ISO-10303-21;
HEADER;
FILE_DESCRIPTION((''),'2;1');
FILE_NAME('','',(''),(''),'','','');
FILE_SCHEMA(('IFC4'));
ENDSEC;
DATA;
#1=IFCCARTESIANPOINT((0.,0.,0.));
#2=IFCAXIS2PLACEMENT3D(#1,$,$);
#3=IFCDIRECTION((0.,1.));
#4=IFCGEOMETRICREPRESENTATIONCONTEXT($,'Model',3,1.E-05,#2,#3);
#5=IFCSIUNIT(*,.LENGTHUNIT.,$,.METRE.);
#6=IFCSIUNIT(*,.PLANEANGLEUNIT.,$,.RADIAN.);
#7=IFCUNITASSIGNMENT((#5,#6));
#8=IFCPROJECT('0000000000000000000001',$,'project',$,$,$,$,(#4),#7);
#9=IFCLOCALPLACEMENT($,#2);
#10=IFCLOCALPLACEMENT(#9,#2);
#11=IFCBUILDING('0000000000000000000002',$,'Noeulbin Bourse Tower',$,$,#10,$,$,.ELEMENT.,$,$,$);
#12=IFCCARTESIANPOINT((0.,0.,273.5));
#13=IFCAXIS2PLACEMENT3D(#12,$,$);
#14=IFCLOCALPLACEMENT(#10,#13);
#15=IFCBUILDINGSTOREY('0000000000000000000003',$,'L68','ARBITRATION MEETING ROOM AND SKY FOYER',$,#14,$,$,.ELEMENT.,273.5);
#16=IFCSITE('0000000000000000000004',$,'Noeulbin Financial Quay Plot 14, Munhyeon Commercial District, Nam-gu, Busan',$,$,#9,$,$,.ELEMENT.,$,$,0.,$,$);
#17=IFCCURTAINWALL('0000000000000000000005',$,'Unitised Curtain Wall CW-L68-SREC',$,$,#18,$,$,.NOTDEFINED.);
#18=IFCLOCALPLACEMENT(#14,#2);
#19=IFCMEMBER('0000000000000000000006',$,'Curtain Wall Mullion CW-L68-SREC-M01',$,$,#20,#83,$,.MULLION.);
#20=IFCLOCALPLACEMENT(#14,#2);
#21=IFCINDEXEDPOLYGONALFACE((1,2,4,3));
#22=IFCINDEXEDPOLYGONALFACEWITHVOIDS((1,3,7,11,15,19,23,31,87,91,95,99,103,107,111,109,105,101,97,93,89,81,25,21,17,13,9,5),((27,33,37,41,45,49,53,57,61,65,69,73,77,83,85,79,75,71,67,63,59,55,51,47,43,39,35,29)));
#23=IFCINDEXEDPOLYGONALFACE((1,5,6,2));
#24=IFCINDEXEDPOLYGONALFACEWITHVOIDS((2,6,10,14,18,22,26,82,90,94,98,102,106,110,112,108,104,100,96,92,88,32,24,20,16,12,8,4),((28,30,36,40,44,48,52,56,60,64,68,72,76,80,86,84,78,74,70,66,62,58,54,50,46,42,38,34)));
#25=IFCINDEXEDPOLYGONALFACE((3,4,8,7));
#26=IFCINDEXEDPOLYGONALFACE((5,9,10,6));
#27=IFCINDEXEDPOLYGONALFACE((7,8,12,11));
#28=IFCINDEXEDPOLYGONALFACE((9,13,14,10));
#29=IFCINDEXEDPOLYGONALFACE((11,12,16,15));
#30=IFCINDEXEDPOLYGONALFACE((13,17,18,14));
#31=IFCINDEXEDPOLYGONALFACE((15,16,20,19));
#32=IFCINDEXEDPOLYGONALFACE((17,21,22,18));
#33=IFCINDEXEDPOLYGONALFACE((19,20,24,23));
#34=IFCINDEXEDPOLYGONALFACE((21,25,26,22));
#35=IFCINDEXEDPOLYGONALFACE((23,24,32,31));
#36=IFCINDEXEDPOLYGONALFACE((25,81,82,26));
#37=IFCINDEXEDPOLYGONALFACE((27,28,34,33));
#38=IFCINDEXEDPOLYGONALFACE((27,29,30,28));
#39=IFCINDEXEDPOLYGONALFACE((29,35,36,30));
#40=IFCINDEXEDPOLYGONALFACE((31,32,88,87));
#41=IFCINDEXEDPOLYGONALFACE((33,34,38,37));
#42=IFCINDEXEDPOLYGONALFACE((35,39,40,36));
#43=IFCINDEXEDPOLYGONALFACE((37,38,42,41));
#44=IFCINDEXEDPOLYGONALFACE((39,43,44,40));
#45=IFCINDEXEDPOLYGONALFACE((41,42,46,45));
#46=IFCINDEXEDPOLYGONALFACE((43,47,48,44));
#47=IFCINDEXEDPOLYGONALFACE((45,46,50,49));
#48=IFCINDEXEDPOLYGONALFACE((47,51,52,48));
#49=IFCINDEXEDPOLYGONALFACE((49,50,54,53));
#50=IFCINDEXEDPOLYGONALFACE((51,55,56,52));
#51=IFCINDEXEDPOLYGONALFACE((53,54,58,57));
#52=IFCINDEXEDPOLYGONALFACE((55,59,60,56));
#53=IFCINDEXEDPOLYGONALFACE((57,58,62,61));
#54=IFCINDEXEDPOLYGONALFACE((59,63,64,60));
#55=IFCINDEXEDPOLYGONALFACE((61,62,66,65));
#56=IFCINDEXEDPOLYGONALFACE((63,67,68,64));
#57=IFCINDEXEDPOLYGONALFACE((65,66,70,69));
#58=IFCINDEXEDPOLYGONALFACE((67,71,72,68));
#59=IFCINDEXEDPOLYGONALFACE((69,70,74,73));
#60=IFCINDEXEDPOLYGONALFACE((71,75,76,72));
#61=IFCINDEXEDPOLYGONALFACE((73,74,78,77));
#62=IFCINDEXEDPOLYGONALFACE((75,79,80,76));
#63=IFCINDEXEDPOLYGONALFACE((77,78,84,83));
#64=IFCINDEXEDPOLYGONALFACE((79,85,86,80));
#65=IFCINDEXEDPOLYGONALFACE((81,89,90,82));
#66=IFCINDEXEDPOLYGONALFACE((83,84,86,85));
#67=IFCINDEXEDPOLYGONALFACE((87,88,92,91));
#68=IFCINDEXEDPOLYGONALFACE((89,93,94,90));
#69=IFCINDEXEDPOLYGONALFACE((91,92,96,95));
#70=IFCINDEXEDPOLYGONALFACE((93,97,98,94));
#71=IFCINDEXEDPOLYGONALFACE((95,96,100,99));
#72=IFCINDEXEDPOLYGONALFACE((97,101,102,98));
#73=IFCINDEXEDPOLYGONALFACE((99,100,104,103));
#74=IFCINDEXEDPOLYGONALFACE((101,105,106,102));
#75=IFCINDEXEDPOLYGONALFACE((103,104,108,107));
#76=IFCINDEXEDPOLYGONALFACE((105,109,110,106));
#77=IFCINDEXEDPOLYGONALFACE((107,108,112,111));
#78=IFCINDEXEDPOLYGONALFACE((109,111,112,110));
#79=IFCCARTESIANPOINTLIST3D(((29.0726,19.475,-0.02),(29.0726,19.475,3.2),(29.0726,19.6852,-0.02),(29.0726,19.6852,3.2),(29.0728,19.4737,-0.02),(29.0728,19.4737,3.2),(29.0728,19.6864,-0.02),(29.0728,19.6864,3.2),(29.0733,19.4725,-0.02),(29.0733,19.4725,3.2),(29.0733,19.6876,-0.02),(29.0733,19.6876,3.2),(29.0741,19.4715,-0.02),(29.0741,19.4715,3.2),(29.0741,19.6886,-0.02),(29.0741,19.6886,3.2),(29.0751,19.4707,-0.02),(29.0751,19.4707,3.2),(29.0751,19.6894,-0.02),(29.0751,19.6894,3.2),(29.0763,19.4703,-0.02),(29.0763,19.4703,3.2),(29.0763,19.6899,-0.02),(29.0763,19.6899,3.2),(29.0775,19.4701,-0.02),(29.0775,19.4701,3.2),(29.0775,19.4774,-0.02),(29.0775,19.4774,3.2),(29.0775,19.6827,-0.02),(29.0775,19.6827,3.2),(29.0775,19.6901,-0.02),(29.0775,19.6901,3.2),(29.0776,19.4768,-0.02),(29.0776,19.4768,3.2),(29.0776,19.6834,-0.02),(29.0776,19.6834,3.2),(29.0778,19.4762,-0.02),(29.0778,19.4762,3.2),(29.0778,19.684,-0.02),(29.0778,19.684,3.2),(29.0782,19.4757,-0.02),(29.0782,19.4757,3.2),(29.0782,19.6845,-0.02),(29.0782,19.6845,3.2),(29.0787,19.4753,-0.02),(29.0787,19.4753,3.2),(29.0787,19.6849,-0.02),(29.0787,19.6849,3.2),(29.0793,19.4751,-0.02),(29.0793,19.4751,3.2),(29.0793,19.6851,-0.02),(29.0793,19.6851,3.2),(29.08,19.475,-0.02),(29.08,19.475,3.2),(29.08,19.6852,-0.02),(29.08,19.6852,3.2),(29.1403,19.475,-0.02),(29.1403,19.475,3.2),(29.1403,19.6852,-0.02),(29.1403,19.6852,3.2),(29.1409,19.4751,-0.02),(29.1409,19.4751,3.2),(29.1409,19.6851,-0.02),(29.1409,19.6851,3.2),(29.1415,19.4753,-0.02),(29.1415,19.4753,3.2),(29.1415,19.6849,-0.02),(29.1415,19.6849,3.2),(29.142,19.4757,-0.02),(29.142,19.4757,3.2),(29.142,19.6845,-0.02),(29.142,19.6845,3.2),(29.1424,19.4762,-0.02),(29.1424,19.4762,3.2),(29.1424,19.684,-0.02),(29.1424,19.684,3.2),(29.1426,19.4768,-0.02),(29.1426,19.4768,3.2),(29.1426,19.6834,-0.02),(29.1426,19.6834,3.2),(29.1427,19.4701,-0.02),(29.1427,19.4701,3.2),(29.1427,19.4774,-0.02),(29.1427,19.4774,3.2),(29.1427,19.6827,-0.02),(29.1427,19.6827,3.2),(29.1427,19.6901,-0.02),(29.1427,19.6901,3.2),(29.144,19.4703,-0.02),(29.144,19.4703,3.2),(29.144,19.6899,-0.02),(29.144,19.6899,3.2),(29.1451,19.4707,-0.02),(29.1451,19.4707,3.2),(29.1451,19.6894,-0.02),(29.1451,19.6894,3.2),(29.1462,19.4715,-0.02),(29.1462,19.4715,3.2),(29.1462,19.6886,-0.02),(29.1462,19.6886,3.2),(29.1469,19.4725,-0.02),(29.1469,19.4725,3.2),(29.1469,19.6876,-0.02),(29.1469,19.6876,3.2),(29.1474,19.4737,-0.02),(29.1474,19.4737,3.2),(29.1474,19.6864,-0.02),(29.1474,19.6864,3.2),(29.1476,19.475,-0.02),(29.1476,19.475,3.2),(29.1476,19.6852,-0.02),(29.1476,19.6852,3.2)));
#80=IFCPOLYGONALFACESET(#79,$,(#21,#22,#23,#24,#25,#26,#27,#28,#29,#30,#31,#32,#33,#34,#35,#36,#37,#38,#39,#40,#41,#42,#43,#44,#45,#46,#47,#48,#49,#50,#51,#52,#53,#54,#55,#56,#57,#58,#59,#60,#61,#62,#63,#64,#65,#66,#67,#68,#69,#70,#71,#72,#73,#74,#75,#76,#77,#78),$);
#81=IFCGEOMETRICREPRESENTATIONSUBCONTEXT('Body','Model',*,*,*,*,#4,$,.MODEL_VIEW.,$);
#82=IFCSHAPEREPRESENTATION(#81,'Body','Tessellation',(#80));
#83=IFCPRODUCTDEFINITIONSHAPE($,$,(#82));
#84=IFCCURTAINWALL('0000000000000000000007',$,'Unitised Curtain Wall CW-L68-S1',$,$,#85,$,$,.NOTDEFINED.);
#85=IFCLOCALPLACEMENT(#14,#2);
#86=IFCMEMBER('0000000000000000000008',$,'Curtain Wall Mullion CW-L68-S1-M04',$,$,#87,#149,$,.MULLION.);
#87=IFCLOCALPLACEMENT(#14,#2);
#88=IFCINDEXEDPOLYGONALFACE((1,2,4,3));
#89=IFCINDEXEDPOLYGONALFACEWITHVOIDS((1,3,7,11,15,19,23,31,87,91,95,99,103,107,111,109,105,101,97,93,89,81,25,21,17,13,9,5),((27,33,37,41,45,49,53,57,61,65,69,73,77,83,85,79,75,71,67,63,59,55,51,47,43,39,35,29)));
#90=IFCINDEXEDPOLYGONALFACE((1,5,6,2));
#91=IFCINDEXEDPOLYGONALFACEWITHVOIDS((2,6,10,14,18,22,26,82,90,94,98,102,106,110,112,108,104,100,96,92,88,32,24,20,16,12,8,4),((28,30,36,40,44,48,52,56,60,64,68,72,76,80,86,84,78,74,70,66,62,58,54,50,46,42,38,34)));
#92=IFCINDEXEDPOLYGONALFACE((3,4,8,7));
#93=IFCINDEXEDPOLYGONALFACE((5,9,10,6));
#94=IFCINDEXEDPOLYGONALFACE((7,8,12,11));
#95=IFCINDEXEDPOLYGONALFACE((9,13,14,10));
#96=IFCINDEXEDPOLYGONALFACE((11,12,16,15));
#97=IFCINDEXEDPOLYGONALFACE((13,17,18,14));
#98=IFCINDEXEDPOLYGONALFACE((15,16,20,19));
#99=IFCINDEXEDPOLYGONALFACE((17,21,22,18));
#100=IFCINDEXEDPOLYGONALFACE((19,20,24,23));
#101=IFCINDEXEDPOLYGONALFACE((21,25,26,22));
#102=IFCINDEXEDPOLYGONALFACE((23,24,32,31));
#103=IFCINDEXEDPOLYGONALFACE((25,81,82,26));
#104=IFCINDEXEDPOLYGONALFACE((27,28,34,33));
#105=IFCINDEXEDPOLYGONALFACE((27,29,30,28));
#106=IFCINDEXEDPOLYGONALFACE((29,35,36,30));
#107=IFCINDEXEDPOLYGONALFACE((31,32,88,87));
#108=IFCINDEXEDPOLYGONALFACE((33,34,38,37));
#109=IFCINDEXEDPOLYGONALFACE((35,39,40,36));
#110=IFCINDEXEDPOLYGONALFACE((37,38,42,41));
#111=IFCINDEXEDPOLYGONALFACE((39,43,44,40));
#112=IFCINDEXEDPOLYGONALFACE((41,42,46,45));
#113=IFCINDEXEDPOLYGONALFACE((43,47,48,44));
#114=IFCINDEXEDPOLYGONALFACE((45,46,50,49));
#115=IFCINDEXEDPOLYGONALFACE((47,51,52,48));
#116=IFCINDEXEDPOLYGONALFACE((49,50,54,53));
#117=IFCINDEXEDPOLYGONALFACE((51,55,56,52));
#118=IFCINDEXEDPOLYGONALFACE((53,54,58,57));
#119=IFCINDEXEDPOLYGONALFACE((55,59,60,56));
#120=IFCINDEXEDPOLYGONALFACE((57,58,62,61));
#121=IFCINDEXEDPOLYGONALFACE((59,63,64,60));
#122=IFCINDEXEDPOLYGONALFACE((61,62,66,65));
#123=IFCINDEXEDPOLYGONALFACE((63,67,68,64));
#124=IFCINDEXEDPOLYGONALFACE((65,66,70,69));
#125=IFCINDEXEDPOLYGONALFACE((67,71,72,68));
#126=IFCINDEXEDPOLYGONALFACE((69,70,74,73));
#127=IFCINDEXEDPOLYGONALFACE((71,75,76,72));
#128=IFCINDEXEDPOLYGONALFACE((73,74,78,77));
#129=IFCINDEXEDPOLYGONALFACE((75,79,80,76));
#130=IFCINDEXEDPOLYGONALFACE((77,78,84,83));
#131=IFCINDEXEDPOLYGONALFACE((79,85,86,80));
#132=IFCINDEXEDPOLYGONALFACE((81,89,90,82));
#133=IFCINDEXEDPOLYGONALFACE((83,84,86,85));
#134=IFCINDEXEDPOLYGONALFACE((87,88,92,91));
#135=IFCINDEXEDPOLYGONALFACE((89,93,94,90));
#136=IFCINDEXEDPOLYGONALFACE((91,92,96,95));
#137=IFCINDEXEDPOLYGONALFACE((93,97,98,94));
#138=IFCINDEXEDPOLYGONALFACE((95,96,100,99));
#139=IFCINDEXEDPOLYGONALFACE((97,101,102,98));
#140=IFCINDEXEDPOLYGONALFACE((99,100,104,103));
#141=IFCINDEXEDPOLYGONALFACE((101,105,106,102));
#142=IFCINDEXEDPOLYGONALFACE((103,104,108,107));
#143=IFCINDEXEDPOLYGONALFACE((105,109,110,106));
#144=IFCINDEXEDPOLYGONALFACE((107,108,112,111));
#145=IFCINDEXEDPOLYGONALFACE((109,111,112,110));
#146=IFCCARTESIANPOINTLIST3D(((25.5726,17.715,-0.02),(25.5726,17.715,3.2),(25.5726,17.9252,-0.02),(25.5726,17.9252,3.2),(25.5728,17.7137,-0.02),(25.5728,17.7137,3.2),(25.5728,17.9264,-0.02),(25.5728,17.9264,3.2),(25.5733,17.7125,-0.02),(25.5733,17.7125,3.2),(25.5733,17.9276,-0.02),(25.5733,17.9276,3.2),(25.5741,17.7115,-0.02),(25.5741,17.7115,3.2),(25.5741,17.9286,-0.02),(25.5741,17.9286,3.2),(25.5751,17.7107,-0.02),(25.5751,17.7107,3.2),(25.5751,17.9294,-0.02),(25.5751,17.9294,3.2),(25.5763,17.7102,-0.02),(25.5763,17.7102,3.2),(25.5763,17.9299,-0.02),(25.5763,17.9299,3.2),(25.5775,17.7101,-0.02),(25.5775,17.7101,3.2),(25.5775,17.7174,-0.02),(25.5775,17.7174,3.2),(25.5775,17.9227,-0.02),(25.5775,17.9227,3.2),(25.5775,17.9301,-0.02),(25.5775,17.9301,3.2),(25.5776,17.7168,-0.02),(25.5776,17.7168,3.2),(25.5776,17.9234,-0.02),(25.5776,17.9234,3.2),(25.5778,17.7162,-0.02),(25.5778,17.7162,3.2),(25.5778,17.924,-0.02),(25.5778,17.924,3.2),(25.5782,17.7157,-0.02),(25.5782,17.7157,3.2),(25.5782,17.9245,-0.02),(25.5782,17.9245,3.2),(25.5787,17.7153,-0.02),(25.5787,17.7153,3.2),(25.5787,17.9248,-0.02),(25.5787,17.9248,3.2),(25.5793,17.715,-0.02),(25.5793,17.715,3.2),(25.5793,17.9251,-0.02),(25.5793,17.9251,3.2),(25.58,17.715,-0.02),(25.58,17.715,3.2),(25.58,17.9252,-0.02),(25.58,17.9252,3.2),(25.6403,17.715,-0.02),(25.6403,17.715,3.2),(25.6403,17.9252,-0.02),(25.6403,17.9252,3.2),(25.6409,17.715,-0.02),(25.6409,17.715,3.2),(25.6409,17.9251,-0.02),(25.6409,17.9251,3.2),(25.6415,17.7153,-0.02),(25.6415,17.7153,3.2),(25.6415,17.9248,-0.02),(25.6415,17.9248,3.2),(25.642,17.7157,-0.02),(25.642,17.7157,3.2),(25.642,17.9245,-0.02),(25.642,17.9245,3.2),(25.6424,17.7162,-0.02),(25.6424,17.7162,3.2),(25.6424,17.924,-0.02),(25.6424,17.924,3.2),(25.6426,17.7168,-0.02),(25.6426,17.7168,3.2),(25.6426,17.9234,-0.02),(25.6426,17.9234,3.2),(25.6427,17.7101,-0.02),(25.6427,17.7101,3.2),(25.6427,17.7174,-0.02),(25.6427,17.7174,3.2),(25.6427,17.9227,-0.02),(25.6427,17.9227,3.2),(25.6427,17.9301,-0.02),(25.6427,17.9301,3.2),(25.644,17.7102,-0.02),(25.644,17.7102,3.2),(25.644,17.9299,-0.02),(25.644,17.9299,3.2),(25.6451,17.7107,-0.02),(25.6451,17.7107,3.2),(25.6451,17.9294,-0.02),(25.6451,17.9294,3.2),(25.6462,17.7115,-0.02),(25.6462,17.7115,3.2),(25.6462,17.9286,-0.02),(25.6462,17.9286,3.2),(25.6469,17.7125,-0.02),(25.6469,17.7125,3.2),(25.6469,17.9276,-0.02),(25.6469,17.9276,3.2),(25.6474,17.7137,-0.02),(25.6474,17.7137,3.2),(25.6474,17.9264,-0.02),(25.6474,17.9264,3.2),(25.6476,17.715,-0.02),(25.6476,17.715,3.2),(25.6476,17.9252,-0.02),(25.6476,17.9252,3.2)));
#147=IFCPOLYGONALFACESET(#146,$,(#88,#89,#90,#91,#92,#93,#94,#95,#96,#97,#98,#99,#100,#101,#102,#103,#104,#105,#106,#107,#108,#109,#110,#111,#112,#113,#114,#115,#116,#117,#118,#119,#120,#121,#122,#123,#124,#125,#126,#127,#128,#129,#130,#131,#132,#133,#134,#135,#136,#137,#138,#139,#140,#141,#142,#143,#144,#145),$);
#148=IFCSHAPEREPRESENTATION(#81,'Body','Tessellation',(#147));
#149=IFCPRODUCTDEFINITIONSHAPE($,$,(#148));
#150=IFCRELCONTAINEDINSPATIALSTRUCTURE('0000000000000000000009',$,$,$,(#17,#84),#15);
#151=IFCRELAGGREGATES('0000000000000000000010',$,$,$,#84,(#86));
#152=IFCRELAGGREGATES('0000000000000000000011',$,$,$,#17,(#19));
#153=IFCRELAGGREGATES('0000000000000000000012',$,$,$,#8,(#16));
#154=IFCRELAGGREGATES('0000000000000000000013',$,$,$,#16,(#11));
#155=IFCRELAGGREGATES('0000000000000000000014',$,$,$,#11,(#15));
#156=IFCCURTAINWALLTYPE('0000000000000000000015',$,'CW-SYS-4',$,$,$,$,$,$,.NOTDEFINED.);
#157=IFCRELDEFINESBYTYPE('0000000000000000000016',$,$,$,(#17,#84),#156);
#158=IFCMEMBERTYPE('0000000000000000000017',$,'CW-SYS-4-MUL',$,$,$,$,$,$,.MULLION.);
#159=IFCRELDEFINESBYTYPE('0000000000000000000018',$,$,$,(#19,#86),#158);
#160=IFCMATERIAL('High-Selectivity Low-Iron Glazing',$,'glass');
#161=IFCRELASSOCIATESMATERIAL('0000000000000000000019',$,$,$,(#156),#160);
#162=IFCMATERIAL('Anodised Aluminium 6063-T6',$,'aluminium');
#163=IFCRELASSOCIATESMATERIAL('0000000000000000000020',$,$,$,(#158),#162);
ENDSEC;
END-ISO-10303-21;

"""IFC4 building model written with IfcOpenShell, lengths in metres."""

from ifc_helpers import new_model, si_unit, direction, frame, origin, origin_2d, place, context, subcontext, project, spatial, hollow_rectangle, extrude, material, material_profile, profile_set, type_object, element, aggregate, save


model = new_model("IFC4")

# Units and contexts
model_context = context("Model", 3, precision=1e-05, world=origin(), true_north=direction((0.0, 1.0)))
body_context = subcontext(model_context, "Body", "Model", "MODEL_VIEW")
ifc_project = project(units=[si_unit("LENGTHUNIT", "METRE"), si_unit("PLANEANGLEUNIT", "RADIAN")], contexts=[model_context])

# Site, building, storey
site_placement = place(None, origin())
site = spatial("IfcSite", under=ifc_project, at=site_placement, Name="Noeulbin Financial Quay Plot 14, Munhyeon Commercial District, Nam-gu, Busan", CompositionType="ELEMENT", RefElevation=0.0)
building_placement = place(site_placement, origin())
building = spatial("IfcBuilding", under=site, at=building_placement, Name="Noeulbin Bourse Tower", CompositionType="ELEMENT")
storey_placement = place(building_placement, frame((0.0, 0.0, 273.5)))
storey = spatial("IfcBuildingStorey", under=building, at=storey_placement, Name="L68", Description="ARBITRATION MEETING ROOM AND SKY FOYER", CompositionType="ELEMENT", Elevation=273.5)

# Curtain wall, member
ifc_material_1 = material(Name="High-Selectivity Low-Iron Glazing", Category="glass")
curtain_wall_type = type_object("IfcCurtainWallType", Name="CW-SYS-4", PredefinedType="NOTDEFINED", material=ifc_material_1)
curtain_wall_1_placement = place(storey_placement, origin())
curtain_wall_1 = element("IfcCurtainWall", 1, at=curtain_wall_1_placement, inside=storey, type_object=curtain_wall_type, Name="Unitised Curtain Wall CW-L68-SREC", PredefinedType="NOTDEFINED")
ifc_material_2 = material(Name="Anodised Aluminium 6063-T6", Category="aluminium")
ifc_material_profile_1 = material_profile(ifc_material_2, hollow_rectangle(XDim=0.075, YDim=0.22, WallThickness=0.0049, InnerFilletRadius=0.0024, OuterFilletRadius=0.0049, at=origin_2d()), Name="ALU-MULL-75x220x5", Category="LoadBearing")
ifc_profile_set_1 = profile_set([ifc_material_profile_1], Name="Anodised Aluminium 6063-T6")
member_type_1 = type_object("IfcMemberType", Name="CW-SYS-4-MUL", PredefinedType="MULLION", material=ifc_profile_set_1)
member_1_placement = place(storey_placement, frame((29.1101, 19.5801, -0.02), z_axis=(0.0, 0.0, 1.0), x_axis=(1.0, 0.0, 0.0)))
member_1 = element("IfcMember", 2, at=member_1_placement, type_object=member_type_1, Name="Curtain Wall Mullion CW-L68-SREC-M01", PredefinedType="MULLION", context=body_context, shape_type="SweptSolid", body=[
    extrude(hollow_rectangle(XDim=0.075, YDim=0.22, WallThickness=0.0049, InnerFilletRadius=0.0024, OuterFilletRadius=0.0049, at=origin_2d()), origin(), (0.0, 0.0, 1.0), 3.22),
])

# Curtain wall, member
curtain_wall_2_placement = place(storey_placement, origin())
curtain_wall_2 = element("IfcCurtainWall", 3, at=curtain_wall_2_placement, inside=storey, type_object=curtain_wall_type, Name="Unitised Curtain Wall CW-L68-S1", PredefinedType="NOTDEFINED")
member_2_placement = place(storey_placement, frame((25.6101, 17.8201, -0.02), z_axis=(0.0, 0.0, 1.0), x_axis=(1.0, 0.0, 0.0)))
member_2 = element("IfcMember", 4, at=member_2_placement, type_object=member_type_1, Name="Curtain Wall Mullion CW-L68-S1-M04", PredefinedType="MULLION", context=body_context, shape_type="SweptSolid", body=[
    extrude(hollow_rectangle(XDim=0.075, YDim=0.22, WallThickness=0.0049, InnerFilletRadius=0.0024, OuterFilletRadius=0.0049, at=origin_2d()), origin(), (0.0, 0.0, 1.0), 3.22),
])
aggregate(curtain_wall_2, [member_2])

aggregate(curtain_wall_1, [member_1])

save(model, "model.ifc")
